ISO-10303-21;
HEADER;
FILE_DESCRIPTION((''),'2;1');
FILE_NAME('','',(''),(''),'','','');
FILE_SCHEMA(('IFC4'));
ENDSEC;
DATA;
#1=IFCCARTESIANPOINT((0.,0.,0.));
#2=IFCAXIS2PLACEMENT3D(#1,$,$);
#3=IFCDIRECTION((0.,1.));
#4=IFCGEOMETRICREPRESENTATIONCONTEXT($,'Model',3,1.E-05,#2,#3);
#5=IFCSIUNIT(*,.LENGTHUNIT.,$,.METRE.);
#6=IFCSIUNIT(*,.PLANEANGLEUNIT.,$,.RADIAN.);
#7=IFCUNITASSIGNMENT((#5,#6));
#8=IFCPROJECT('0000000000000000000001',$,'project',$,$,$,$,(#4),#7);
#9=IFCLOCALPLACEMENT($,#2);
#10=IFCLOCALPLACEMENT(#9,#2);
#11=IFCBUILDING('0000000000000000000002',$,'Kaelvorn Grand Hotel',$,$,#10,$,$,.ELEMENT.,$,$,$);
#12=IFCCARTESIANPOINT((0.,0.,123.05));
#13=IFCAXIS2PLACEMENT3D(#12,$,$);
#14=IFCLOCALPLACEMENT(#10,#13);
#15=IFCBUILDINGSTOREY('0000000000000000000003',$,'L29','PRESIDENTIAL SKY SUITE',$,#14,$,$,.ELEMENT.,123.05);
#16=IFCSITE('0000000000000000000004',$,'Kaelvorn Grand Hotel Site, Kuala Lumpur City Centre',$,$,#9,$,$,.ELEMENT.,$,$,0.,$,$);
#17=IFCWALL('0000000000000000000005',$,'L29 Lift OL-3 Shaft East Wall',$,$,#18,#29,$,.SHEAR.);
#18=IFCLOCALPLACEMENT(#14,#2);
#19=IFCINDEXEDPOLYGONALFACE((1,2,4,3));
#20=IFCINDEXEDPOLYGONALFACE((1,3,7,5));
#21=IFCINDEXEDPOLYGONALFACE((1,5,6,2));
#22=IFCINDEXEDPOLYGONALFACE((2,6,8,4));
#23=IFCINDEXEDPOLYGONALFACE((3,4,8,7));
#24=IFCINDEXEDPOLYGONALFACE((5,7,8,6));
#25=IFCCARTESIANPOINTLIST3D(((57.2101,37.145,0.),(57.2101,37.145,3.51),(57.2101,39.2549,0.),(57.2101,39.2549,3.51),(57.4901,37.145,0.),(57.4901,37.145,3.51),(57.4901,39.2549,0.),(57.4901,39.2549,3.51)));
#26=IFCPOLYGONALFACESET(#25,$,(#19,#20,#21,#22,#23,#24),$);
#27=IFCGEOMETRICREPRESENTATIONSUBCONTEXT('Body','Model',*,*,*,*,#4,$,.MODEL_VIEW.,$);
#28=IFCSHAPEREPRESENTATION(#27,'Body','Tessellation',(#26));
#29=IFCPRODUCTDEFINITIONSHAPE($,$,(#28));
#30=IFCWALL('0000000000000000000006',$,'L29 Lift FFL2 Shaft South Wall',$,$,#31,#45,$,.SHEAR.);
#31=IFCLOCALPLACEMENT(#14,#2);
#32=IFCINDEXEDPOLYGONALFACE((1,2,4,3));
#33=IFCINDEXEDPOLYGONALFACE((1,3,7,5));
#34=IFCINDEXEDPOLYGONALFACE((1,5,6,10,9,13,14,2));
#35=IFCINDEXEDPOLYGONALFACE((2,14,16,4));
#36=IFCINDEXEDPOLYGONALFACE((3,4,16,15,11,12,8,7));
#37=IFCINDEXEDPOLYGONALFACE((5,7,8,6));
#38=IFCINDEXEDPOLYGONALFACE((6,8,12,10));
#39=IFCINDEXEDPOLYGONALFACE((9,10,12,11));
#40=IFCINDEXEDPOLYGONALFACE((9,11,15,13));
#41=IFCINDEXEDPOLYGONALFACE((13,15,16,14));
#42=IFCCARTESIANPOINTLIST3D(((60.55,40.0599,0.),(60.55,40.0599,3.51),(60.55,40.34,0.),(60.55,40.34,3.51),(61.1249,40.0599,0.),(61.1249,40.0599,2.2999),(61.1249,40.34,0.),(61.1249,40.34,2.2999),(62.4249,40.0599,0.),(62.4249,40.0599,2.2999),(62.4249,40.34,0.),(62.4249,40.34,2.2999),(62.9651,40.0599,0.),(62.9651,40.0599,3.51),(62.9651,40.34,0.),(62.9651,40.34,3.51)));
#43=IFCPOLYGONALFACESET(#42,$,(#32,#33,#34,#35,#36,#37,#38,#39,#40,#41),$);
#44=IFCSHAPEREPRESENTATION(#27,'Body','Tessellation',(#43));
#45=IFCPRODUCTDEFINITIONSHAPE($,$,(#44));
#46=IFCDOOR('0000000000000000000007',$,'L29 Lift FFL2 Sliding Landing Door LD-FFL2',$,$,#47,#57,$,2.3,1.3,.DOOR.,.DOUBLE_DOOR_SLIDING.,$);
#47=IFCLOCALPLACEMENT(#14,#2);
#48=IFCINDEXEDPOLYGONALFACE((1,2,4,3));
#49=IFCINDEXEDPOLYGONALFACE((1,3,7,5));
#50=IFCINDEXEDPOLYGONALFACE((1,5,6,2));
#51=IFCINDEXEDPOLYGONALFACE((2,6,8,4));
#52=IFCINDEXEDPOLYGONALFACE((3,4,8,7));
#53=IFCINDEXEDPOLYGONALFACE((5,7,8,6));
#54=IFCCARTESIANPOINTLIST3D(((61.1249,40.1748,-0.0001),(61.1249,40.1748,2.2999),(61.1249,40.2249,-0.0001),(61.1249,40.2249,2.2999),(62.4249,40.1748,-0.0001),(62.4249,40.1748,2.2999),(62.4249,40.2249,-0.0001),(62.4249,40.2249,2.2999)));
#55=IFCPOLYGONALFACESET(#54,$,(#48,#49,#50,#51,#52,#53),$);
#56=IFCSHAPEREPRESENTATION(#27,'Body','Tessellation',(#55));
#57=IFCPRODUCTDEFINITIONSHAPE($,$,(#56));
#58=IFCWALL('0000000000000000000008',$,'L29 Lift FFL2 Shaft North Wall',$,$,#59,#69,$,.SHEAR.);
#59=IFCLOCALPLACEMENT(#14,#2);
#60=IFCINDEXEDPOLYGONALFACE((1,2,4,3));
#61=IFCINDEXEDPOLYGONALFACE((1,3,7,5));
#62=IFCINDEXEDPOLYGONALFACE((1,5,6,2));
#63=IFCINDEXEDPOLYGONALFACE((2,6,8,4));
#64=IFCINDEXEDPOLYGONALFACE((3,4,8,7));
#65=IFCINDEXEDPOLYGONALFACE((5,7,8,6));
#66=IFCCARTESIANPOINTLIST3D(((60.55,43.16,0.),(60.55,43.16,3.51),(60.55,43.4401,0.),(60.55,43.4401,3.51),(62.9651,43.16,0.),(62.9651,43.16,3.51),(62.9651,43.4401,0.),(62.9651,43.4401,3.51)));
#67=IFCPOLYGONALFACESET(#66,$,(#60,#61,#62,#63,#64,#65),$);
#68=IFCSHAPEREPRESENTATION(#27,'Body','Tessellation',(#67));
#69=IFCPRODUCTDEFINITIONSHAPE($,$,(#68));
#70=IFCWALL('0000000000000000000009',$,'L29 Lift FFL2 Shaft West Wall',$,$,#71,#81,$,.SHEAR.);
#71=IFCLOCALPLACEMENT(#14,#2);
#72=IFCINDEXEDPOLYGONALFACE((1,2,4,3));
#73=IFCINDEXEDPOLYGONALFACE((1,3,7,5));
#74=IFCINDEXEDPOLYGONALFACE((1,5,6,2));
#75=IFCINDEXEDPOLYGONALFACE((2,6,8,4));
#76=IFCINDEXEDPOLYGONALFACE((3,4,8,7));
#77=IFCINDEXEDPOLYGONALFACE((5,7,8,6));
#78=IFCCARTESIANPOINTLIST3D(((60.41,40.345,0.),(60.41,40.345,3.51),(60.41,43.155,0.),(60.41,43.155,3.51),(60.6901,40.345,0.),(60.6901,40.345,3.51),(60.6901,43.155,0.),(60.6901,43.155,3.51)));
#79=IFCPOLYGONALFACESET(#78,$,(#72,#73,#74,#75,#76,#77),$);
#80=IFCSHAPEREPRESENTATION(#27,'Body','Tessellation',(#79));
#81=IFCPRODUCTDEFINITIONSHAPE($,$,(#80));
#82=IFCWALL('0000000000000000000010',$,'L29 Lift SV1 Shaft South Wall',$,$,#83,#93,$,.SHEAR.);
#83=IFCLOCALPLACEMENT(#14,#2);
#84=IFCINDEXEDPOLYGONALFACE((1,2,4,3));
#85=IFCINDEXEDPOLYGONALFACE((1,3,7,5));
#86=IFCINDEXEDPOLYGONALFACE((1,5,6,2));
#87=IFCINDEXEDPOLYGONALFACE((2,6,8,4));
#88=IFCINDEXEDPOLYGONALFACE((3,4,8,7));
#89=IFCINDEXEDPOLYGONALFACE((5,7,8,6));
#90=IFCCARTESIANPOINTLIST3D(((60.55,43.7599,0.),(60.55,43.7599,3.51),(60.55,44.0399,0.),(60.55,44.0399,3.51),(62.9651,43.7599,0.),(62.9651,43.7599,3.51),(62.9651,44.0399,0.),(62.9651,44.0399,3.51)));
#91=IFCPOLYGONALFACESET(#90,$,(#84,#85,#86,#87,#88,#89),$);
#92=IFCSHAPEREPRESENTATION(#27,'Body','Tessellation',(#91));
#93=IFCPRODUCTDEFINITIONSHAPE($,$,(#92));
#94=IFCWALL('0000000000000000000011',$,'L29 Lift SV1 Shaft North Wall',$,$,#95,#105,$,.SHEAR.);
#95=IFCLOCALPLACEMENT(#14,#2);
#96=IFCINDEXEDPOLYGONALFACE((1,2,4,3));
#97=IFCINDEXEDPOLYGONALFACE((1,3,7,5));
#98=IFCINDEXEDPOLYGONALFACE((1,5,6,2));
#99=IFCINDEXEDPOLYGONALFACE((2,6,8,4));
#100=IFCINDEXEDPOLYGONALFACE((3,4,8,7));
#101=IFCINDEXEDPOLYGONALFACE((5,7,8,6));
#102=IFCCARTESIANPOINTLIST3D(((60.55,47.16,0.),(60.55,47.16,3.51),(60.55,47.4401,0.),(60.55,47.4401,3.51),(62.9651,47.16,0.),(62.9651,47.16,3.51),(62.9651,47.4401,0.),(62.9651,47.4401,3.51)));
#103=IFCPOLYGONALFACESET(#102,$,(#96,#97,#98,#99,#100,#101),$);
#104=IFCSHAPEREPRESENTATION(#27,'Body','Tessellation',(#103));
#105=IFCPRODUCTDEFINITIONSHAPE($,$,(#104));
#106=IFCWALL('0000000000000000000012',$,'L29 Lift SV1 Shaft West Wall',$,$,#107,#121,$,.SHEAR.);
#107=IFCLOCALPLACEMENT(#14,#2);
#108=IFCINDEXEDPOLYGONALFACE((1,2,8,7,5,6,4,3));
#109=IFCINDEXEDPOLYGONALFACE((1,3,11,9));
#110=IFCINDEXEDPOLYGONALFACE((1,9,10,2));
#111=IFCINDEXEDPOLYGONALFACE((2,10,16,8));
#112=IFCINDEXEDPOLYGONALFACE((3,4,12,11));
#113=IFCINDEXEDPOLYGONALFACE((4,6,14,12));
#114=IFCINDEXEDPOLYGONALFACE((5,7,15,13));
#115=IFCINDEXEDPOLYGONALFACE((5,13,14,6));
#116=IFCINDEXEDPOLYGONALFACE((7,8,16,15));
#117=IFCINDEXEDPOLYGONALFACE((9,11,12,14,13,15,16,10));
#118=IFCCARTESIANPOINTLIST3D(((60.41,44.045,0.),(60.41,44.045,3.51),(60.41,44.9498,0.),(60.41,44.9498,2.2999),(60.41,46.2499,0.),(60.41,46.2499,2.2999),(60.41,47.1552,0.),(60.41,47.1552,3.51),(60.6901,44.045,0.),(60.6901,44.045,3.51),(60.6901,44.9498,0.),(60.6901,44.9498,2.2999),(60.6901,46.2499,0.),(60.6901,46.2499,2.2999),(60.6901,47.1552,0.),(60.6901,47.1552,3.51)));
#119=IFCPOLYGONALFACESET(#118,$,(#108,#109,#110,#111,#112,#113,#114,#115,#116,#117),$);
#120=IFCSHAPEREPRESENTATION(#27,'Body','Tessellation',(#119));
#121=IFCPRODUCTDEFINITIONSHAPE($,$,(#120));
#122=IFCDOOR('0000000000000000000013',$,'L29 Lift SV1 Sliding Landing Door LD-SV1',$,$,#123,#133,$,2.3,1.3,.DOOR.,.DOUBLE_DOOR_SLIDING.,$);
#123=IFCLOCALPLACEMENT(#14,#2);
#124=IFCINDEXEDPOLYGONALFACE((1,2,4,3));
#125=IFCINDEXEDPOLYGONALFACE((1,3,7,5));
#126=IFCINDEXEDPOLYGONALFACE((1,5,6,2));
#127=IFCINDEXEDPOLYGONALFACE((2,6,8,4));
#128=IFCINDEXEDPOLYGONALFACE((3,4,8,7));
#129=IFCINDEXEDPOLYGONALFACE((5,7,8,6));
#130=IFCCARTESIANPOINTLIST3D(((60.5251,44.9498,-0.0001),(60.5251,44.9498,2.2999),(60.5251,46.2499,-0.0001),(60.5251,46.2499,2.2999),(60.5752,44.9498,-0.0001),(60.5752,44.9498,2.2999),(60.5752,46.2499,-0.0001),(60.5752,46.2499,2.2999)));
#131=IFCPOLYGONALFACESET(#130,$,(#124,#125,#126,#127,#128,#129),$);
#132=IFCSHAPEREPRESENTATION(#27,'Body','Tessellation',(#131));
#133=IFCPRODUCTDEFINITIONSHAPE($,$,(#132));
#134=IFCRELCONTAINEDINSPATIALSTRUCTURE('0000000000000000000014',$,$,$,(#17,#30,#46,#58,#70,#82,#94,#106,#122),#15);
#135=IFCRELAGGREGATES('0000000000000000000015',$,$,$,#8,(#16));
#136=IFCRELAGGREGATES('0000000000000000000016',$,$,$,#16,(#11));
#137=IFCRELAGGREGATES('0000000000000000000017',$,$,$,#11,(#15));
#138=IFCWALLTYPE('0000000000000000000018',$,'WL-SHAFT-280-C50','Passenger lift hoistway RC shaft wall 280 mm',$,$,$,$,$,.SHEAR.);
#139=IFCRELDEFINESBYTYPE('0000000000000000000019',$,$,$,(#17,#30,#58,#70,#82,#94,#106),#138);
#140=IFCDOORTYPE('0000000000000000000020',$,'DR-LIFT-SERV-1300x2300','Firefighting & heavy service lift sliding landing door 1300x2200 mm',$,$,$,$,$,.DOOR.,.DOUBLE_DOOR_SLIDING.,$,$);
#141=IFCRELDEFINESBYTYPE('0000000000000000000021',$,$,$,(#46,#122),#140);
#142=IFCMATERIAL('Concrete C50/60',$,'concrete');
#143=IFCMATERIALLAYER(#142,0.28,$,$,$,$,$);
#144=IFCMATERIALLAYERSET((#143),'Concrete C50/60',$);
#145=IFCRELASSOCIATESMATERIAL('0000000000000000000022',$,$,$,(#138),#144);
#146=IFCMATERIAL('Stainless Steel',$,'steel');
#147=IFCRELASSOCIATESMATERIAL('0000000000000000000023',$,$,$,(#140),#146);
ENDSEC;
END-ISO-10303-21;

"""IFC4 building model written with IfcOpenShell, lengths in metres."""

from ifc_helpers import new_model, si_unit, direction, frame, frame_2d, origin, place, context, subcontext, project, spatial, rectangle, extrude, material, layer, layer_set, type_object, element, fill, save


model = new_model("IFC4")

# Units and contexts
model_context = context("Model", 3, precision=1e-05, world=origin(), true_north=direction((0.0, 1.0)))
body_context = subcontext(model_context, "Body", "Model", "MODEL_VIEW")
ifc_project = project(units=[si_unit("LENGTHUNIT", "METRE"), si_unit("PLANEANGLEUNIT", "RADIAN")], contexts=[model_context])

# Site, building, storey
site_placement = place(None, origin())
site = spatial("IfcSite", under=ifc_project, at=site_placement, Name="Kaelvorn Grand Hotel Site, Kuala Lumpur City Centre", CompositionType="ELEMENT", RefElevation=0.0)
building_placement = place(site_placement, origin())
building = spatial("IfcBuilding", under=site, at=building_placement, Name="Kaelvorn Grand Hotel", CompositionType="ELEMENT")
storey_placement = place(building_placement, frame((0.0, 0.0, 123.05)))
storey = spatial("IfcBuildingStorey", under=building, at=storey_placement, Name="L29", Description="PRESIDENTIAL SKY SUITE", CompositionType="ELEMENT", Elevation=123.05)

# Wall
ifc_material_1 = material(Name="Concrete C50/60", Category="concrete")
ifc_layer_1 = layer(ifc_material_1, 0.28)
ifc_layer_set_1 = layer_set([ifc_layer_1], Name="Concrete C50/60")
wall_type_1 = type_object("IfcWallType", Name="WL-SHAFT-280-C50", Description="Passenger lift hoistway RC shaft wall 280 mm", PredefinedType="SHEAR", material=ifc_layer_set_1)
for number, where, z_axis, x_axis, name in (
    (1, (57.3501, 37.145, 0.0), (0.0, 0.0, 1.0), (0.0, 1.0, 0.0), "L29 Lift OL-3 Shaft East Wall"),
):
    element("IfcWall", number, at=place(storey_placement, frame(where, z_axis=z_axis, x_axis=x_axis)), inside=storey, type_object=wall_type_1, Name=name, PredefinedType="SHEAR", context=body_context, shape_type="SweptSolid", body=[
        extrude(rectangle(XDim=2.1099, YDim=0.28, at=frame_2d((1.0549, 0.0))), origin(), (0.0, 0.0, 1.0), 3.51),
    ])

# Wall, opening, door
wall_1_placement = place(storey_placement, frame((60.55, 40.2, 0.0), z_axis=(0.0, 0.0, 1.0), x_axis=(1.0, 0.0, 0.0)))
wall_1 = element("IfcWall", 2, at=wall_1_placement, inside=storey, type_object=wall_type_1, Name="L29 Lift FFL2 Shaft South Wall", PredefinedType="SHEAR", context=body_context, shape_type="SweptSolid", body=[
    extrude(rectangle(XDim=2.415, YDim=0.28, at=frame_2d((1.2075, 0.0))), origin(), (0.0, 0.0, 1.0), 3.51),
])
opening_1_placement = place(wall_1_placement, frame((0.575, 0.0, 0.0)))
opening_1 = element("IfcOpeningElement", 3, at=opening_1_placement, cuts=wall_1, PredefinedType="OPENING", context=body_context, shape_type="SweptSolid", body=[
    extrude(rectangle(XDim=1.3, YDim=2.3, at=frame_2d((0.6499, 1.1499))), frame((0.0, 0.1499, 0.0), z_axis=(0.0, -1.0, 0.0), x_axis=(1.0, 0.0, 0.0)), (0.0, 0.0, 1.0), 0.3),
])
ifc_material_2 = material(Name="Stainless Steel", Category="steel")
door_type_1 = type_object("IfcDoorType", Name="DR-LIFT-SERV-1300x2300", Description="Firefighting & heavy service lift sliding landing door 1300x2200 mm", OperationType="DOUBLE_DOOR_SLIDING", PredefinedType="DOOR", material=ifc_material_2)
door_1_placement = place(opening_1_placement, origin())
door_1 = element("IfcDoor", 4, at=door_1_placement, inside=storey, type_object=door_type_1, Name="L29 Lift FFL2 Sliding Landing Door LD-FFL2", OperationType="DOUBLE_DOOR_SLIDING", OverallHeight=2.3, OverallWidth=1.3, PredefinedType="DOOR", context=body_context, shape_type="SweptSolid", body=[
    extrude(rectangle(XDim=1.3, YDim=2.3, at=frame_2d((0.6499, 1.1499))), frame((0.0, 0.0249, 0.0), z_axis=(0.0, -1.0, 0.0), x_axis=(1.0, 0.0, 0.0)), (0.0, 0.0, 1.0), 0.05),
])
fill(opening_1, door_1)

# Walls
wall_2_placement = place(storey_placement, frame((60.55, 43.3, 0.0), z_axis=(0.0, 0.0, 1.0), x_axis=(1.0, 0.0, 0.0)))
element("IfcWall", 5, at=wall_2_placement, inside=storey, type_object=wall_type_1, Name="L29 Lift FFL2 Shaft North Wall", PredefinedType="SHEAR", context=body_context, shape_type="SweptSolid", body=[
    extrude(rectangle(XDim=2.415, YDim=0.28, at=frame_2d((1.2075, 0.0))), origin(), (0.0, 0.0, 1.0), 3.51),
])
wall_3_placement = place(storey_placement, frame((60.55, 40.345, 0.0), z_axis=(0.0, 0.0, 1.0), x_axis=(0.0, 1.0, 0.0)))
element("IfcWall", 6, at=wall_3_placement, inside=storey, type_object=wall_type_1, Name="L29 Lift FFL2 Shaft West Wall", PredefinedType="SHEAR", context=body_context, shape_type="SweptSolid", body=[
    extrude(rectangle(XDim=2.8101, YDim=0.28, at=frame_2d((1.405, 0.0))), origin(), (0.0, 0.0, 1.0), 3.51),
])
for number, where, z_axis, x_axis, name in (
    (7, (60.55, 43.8999, 0.0), (0.0, 0.0, 1.0), (1.0, 0.0, 0.0), "L29 Lift SV1 Shaft South Wall"),
    (8, (60.55, 47.3, 0.0), (0.0, 0.0, 1.0), (1.0, 0.0, 0.0), "L29 Lift SV1 Shaft North Wall"),
):
    element("IfcWall", number, at=place(storey_placement, frame(where, z_axis=z_axis, x_axis=x_axis)), inside=storey, type_object=wall_type_1, Name=name, PredefinedType="SHEAR", context=body_context, shape_type="SweptSolid", body=[
        extrude(rectangle(XDim=2.415, YDim=0.28, at=frame_2d((1.2075, 0.0))), origin(), (0.0, 0.0, 1.0), 3.51),
    ])

# Wall, opening, door
wall_4_placement = place(storey_placement, frame((60.55, 44.0449, 0.0), z_axis=(0.0, 0.0, 1.0), x_axis=(0.0, 1.0, 0.0)))
wall_4 = element("IfcWall", 9, at=wall_4_placement, inside=storey, type_object=wall_type_1, Name="L29 Lift SV1 Shaft West Wall", PredefinedType="SHEAR", context=body_context, shape_type="SweptSolid", body=[
    extrude(rectangle(XDim=3.1101, YDim=0.28, at=frame_2d((1.5552, 0.0))), origin(), (0.0, 0.0, 1.0), 3.51),
])
opening_2_placement = place(wall_4_placement, frame((0.905, 0.0, 0.0)))
opening_2 = element("IfcOpeningElement", 10, at=opening_2_placement, cuts=wall_4, PredefinedType="OPENING", context=body_context, shape_type="SweptSolid", body=[
    extrude(rectangle(XDim=1.3, YDim=2.3, at=frame_2d((0.6499, 1.1499))), frame((0.0, 0.1499, 0.0), z_axis=(0.0, -1.0, 0.0), x_axis=(1.0, 0.0, 0.0)), (0.0, 0.0, 1.0), 0.3),
])
door_2_placement = place(opening_2_placement, origin())
door_2 = element("IfcDoor", 11, at=door_2_placement, inside=storey, type_object=door_type_1, Name="L29 Lift SV1 Sliding Landing Door LD-SV1", OperationType="DOUBLE_DOOR_SLIDING", OverallHeight=2.3, OverallWidth=1.3, PredefinedType="DOOR", context=body_context, shape_type="SweptSolid", body=[
    extrude(rectangle(XDim=1.3, YDim=2.3, at=frame_2d((0.6499, 1.1499))), frame((0.0, 0.0249, 0.0), z_axis=(0.0, -1.0, 0.0), x_axis=(1.0, 0.0, 0.0)), (0.0, 0.0, 1.0), 0.05),
])
fill(opening_2, door_2)

save(model, "model.ifc")
